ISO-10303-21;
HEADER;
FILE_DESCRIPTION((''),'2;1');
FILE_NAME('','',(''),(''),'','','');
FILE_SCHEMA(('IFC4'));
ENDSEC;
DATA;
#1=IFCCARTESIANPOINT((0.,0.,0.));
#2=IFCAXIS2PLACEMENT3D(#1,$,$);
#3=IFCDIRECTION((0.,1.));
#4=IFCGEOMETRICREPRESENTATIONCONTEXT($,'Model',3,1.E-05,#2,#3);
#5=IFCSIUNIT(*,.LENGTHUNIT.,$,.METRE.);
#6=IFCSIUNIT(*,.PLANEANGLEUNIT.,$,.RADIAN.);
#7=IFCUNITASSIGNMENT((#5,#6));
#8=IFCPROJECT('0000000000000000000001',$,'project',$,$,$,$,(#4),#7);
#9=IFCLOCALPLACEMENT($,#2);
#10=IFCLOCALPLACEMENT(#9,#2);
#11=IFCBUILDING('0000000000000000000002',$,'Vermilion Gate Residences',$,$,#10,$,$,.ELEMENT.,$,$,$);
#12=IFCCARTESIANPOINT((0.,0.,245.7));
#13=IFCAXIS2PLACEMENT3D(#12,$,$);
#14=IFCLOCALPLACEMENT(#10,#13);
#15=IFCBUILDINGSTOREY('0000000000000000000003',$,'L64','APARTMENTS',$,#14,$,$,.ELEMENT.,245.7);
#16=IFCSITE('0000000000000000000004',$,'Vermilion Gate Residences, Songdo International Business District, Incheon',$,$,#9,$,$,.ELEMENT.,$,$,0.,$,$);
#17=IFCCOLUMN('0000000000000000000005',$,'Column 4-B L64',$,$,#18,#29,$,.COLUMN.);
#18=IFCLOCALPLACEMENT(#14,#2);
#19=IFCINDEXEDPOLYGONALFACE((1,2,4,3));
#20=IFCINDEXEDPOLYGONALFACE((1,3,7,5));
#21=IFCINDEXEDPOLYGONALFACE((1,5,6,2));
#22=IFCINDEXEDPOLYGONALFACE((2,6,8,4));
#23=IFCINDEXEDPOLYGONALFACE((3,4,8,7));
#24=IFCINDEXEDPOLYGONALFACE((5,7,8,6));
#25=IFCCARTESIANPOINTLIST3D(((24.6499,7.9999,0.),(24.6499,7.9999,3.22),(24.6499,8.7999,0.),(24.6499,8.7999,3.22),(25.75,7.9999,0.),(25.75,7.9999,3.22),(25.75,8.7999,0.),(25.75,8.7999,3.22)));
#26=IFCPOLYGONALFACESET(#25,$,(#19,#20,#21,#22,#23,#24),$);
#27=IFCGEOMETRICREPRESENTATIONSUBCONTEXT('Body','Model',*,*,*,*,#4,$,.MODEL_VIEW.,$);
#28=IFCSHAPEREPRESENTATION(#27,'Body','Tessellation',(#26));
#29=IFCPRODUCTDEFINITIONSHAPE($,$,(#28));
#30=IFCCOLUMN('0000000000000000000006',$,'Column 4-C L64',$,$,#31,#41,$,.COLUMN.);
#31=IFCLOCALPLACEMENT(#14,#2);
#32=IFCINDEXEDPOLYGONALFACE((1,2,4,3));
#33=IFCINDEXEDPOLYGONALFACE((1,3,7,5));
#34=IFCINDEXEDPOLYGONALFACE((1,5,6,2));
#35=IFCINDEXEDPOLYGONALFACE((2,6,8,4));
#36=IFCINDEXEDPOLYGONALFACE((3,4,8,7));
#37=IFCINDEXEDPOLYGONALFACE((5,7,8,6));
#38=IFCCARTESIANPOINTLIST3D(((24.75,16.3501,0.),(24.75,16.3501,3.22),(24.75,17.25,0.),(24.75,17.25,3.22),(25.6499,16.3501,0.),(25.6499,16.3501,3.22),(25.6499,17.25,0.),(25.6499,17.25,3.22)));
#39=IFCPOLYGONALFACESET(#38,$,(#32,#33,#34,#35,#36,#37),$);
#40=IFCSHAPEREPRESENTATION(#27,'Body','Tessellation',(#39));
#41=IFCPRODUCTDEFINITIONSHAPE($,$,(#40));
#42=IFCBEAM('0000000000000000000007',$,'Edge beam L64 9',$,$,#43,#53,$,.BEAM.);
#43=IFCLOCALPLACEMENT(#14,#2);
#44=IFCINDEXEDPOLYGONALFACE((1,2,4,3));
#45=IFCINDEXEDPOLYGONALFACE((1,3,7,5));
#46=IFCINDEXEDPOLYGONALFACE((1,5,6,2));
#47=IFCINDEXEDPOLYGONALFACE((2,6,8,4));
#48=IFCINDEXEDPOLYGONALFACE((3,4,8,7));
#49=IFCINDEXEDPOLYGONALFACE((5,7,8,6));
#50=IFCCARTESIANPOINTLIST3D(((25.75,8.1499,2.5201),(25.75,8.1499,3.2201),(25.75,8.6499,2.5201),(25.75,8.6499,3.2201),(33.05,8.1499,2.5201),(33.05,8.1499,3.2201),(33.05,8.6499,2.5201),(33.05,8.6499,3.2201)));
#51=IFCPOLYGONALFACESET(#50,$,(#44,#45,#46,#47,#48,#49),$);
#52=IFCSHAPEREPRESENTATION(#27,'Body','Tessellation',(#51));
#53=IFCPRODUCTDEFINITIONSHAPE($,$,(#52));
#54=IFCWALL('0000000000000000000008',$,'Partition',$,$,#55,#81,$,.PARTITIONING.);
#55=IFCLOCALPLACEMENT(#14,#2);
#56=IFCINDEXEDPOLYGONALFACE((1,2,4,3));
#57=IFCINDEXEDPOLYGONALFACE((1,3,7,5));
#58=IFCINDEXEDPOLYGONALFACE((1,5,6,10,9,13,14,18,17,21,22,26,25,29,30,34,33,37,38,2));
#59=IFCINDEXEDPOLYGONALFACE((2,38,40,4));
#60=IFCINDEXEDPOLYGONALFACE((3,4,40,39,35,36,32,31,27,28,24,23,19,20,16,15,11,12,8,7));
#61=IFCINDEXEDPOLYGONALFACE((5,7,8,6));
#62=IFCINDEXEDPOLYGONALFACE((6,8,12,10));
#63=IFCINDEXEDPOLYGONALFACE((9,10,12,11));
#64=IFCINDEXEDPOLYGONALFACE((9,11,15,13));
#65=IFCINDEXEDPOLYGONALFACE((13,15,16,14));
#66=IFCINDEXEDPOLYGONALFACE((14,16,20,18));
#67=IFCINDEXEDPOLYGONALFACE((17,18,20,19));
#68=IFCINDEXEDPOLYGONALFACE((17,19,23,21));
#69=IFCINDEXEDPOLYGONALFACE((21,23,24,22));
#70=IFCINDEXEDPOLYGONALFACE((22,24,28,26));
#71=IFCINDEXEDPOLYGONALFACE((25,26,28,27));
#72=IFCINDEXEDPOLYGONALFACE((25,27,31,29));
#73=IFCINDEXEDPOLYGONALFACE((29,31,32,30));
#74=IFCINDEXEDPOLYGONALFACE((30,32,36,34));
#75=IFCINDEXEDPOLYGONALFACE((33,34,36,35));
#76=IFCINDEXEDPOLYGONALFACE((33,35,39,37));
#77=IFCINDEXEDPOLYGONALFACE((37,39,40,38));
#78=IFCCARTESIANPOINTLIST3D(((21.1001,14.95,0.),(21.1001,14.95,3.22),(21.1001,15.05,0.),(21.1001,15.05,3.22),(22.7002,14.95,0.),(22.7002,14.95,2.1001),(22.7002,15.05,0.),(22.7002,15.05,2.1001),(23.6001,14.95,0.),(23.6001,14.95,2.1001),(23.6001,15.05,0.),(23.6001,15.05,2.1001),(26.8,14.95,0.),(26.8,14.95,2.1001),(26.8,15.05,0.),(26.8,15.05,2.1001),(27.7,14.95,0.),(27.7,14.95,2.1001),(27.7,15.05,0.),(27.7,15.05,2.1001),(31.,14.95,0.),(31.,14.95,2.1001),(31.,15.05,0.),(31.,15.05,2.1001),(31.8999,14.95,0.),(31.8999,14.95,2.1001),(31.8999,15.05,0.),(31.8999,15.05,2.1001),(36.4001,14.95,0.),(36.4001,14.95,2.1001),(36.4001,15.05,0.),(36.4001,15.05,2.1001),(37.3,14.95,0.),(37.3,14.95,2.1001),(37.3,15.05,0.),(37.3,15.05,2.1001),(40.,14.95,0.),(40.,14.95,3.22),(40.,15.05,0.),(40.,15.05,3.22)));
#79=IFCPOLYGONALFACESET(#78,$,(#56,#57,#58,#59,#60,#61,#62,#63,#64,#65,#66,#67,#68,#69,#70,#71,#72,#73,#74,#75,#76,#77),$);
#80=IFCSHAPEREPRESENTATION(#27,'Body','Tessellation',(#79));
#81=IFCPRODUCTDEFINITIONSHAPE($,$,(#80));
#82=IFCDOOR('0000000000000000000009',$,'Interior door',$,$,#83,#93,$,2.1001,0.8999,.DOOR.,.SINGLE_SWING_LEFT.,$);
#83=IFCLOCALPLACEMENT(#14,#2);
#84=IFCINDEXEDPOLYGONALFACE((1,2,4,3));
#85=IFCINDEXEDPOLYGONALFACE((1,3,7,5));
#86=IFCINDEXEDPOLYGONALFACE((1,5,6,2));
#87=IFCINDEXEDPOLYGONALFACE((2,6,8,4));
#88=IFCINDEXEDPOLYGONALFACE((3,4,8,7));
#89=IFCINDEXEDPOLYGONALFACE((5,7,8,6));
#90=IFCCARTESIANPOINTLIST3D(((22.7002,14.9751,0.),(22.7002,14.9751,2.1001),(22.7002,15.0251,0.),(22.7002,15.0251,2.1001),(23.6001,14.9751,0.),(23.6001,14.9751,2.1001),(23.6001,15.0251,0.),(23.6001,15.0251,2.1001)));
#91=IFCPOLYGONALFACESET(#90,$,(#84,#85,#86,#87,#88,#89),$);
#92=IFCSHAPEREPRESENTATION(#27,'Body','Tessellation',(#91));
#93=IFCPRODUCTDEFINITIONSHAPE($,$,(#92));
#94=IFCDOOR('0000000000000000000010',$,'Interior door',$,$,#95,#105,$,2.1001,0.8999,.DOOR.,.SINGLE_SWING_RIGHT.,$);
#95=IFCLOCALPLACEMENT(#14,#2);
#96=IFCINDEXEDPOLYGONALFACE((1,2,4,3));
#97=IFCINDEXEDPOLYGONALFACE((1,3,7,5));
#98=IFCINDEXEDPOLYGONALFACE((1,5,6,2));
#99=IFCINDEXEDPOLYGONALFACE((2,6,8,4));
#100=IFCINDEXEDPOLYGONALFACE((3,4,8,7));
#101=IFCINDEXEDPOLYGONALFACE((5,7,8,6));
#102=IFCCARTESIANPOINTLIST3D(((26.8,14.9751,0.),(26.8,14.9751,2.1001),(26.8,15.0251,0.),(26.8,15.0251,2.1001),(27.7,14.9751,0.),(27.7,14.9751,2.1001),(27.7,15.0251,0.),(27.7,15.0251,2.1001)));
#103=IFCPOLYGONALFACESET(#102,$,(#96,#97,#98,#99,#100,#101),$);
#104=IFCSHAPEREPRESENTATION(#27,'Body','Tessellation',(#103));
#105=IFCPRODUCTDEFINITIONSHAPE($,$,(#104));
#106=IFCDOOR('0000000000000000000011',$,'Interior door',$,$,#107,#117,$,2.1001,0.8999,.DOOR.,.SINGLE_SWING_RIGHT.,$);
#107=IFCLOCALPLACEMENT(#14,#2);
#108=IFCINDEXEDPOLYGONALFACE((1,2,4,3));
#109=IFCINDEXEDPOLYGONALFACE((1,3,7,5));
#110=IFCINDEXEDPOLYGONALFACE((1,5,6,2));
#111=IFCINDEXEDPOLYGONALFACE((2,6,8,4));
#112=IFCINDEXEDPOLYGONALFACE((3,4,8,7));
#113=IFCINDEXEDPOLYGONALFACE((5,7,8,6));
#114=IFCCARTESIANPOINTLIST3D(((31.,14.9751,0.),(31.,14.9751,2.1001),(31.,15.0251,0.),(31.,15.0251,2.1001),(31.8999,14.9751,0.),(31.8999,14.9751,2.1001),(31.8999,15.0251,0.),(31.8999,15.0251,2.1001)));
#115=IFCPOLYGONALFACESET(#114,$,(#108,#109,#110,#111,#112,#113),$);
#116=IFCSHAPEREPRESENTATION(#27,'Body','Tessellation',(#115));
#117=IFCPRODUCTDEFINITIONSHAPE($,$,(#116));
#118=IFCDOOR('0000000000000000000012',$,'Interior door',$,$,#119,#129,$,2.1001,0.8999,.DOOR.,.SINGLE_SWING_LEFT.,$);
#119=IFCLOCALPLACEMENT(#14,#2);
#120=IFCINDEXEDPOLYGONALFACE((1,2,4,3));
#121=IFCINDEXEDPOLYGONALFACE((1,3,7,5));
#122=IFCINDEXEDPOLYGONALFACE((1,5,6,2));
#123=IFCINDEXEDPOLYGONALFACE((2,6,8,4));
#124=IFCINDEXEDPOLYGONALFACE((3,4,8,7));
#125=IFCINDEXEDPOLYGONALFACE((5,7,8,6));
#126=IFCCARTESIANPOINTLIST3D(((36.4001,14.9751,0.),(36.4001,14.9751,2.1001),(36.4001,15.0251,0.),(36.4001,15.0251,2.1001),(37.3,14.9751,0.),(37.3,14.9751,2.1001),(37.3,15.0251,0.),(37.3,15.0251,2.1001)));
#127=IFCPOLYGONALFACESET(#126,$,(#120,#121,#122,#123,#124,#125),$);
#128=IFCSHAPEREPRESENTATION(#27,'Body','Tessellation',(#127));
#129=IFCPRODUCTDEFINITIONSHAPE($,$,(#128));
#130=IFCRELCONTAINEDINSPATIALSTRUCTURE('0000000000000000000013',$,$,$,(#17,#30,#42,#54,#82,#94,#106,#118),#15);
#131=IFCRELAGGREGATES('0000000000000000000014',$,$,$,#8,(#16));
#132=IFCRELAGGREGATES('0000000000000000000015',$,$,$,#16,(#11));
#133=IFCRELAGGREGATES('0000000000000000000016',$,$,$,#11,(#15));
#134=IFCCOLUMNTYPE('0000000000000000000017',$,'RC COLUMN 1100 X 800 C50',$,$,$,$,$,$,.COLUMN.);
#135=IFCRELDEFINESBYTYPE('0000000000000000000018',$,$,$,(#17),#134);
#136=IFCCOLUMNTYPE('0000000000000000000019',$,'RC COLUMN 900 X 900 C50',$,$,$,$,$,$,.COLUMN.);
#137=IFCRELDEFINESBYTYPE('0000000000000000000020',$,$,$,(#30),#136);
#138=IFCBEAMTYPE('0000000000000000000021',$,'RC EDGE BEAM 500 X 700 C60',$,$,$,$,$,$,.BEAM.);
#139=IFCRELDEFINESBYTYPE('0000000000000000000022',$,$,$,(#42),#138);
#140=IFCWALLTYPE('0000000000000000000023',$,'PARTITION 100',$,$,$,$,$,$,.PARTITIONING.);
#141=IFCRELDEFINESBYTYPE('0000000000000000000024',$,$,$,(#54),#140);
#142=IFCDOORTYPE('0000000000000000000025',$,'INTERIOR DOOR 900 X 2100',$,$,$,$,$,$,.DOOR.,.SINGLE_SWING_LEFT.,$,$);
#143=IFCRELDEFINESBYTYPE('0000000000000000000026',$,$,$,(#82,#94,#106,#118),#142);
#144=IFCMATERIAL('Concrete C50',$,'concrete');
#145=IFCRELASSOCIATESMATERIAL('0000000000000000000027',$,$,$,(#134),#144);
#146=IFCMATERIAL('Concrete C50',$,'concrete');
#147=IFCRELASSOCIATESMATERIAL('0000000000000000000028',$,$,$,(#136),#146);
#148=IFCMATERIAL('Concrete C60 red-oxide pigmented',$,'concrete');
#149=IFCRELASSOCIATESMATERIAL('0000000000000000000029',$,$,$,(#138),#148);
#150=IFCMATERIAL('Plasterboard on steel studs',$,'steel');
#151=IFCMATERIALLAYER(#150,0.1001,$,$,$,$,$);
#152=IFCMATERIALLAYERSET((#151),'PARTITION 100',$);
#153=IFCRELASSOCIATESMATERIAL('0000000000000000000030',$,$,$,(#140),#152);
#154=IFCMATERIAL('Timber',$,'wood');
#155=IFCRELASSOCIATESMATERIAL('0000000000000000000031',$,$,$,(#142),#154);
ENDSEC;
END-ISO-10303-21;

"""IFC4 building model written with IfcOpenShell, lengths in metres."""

from ifc_helpers import new_model, si_unit, direction, frame, frame_2d, origin, origin_2d, place, context, subcontext, project, spatial, rectangle, extrude, material, layer, layer_set, material_profile, profile_set, type_object, element, fill, save


model = new_model("IFC4")

# Units and contexts
model_context = context("Model", 3, precision=1e-05, world=origin(), true_north=direction((0.0, 1.0)))
body_context = subcontext(model_context, "Body", "Model", "MODEL_VIEW")
ifc_project = project(units=[si_unit("LENGTHUNIT", "METRE"), si_unit("PLANEANGLEUNIT", "RADIAN")], contexts=[model_context])

# Site, building, storey
site_placement = place(None, origin())
site = spatial("IfcSite", under=ifc_project, at=site_placement, Name="Vermilion Gate Residences, Songdo International Business District, Incheon", CompositionType="ELEMENT", RefElevation=0.0)
building_placement = place(site_placement, origin())
building = spatial("IfcBuilding", under=site, at=building_placement, Name="Vermilion Gate Residences", CompositionType="ELEMENT")
storey_placement = place(building_placement, frame((0.0, 0.0, 245.7)))
storey = spatial("IfcBuildingStorey", under=building, at=storey_placement, Name="L64", Description="APARTMENTS", CompositionType="ELEMENT", Elevation=245.7)

# Columns
ifc_material_1 = material(Name="Concrete C50", Category="concrete")
ifc_material_profile_1 = material_profile(ifc_material_1, rectangle(XDim=1.1001, YDim=0.8, at=origin_2d()), Name="RC-1100x800")
ifc_profile_set_1 = profile_set([ifc_material_profile_1], Name="Concrete C50")
column_type_1 = type_object("IfcColumnType", Name="RC COLUMN 1100 X 800 C50", PredefinedType="COLUMN", material=ifc_profile_set_1)
column_1_placement = place(storey_placement, frame((25.2, 8.3999, 0.0), z_axis=(0.0, 0.0, 1.0), x_axis=(1.0, 0.0, 0.0)))
element("IfcColumn", 1, at=column_1_placement, inside=storey, type_object=column_type_1, Name="Column 4-B L64", PredefinedType="COLUMN", context=body_context, shape_type="SweptSolid", body=[
    extrude(rectangle(XDim=1.1001, YDim=0.8, at=origin_2d()), origin(), (0.0, 0.0, 1.0), 3.22),
])
ifc_material_2 = material(Name="Concrete C50", Category="concrete")
ifc_material_profile_2 = material_profile(ifc_material_2, rectangle(XDim=0.8999, YDim=0.8999, at=origin_2d()), Name="RC-900x900")
ifc_profile_set_2 = profile_set([ifc_material_profile_2], Name="Concrete C50")
column_type_2 = type_object("IfcColumnType", Name="RC COLUMN 900 X 900 C50", PredefinedType="COLUMN", material=ifc_profile_set_2)
column_2_placement = place(storey_placement, frame((25.2, 16.8, 0.0), z_axis=(0.0, 0.0, 1.0), x_axis=(1.0, 0.0, 0.0)))
element("IfcColumn", 2, at=column_2_placement, inside=storey, type_object=column_type_2, Name="Column 4-C L64", PredefinedType="COLUMN", context=body_context, shape_type="SweptSolid", body=[
    extrude(rectangle(XDim=0.8999, YDim=0.8999, at=origin_2d()), origin(), (0.0, 0.0, 1.0), 3.22),
])

# Beam
ifc_material_3 = material(Name="Concrete C60 red-oxide pigmented", Category="concrete")
ifc_material_profile_3 = material_profile(ifc_material_3, rectangle(XDim=0.5, YDim=0.7, at=origin_2d()), Name="RC-500x700")
ifc_profile_set_3 = profile_set([ifc_material_profile_3], Name="Concrete C60 red-oxide pigmented")
beam_type = type_object("IfcBeamType", Name="RC EDGE BEAM 500 X 700 C60", PredefinedType="BEAM", material=ifc_profile_set_3)
beam_placement = place(storey_placement, frame((25.75, 8.3999, 2.8701), z_axis=(1.0, 0.0, 0.0), x_axis=(0.0, 1.0, 0.0)))
element("IfcBeam", 3, at=beam_placement, inside=storey, type_object=beam_type, Name="Edge beam L64 9", PredefinedType="BEAM", context=body_context, shape_type="SweptSolid", body=[
    extrude(rectangle(XDim=0.5, YDim=0.7, at=origin_2d()), origin(), (0.0, 0.0, 1.0), 7.3),
])

# Wall, openings, doors
ifc_material_4 = material(Name="Plasterboard on steel studs", Category="steel")
ifc_layer_1 = layer(ifc_material_4, 0.1001)
ifc_layer_set_1 = layer_set([ifc_layer_1], Name="PARTITION 100")
wall_type_1 = type_object("IfcWallType", Name="PARTITION 100", PredefinedType="PARTITIONING", material=ifc_layer_set_1)
wall_1_placement = place(storey_placement, frame((21.1001, 15.0, 0.0), z_axis=(0.0, 0.0, 1.0), x_axis=(1.0, 0.0, 0.0)))
wall_1 = element("IfcWall", 4, at=wall_1_placement, inside=storey, type_object=wall_type_1, Name="Partition", PredefinedType="PARTITIONING", context=body_context, shape_type="SweptSolid", body=[
    extrude(rectangle(XDim=18.8999, YDim=0.1001, at=frame_2d((9.45, 0.0))), origin(), (0.0, 0.0, 1.0), 3.22),
])
opening_1_placement = place(wall_1_placement, frame((1.6001, 0.0, 0.0)))
opening_1 = element("IfcOpeningElement", 5, at=opening_1_placement, cuts=wall_1, PredefinedType="OPENING", context=body_context, shape_type="SweptSolid", body=[
    extrude(rectangle(XDim=0.8999, YDim=2.1001, at=frame_2d((0.45, 1.05))), frame((0.0, 0.0601, 0.0), z_axis=(0.0, -1.0, 0.0), x_axis=(1.0, 0.0, 0.0)), (0.0, 0.0, 1.0), 0.1201),
])
opening_2_placement = place(wall_1_placement, frame((5.7, 0.0, 0.0)))
opening_2 = element("IfcOpeningElement", 6, at=opening_2_placement, cuts=wall_1, PredefinedType="OPENING", context=body_context, shape_type="SweptSolid", body=[
    extrude(rectangle(XDim=0.8999, YDim=2.1001, at=frame_2d((0.45, 1.05))), frame((0.0, 0.0601, 0.0), z_axis=(0.0, -1.0, 0.0), x_axis=(1.0, 0.0, 0.0)), (0.0, 0.0, 1.0), 0.1201),
])
opening_3_placement = place(wall_1_placement, frame((9.8999, 0.0, 0.0)))
opening_3 = element("IfcOpeningElement", 7, at=opening_3_placement, cuts=wall_1, PredefinedType="OPENING", context=body_context, shape_type="SweptSolid", body=[
    extrude(rectangle(XDim=0.8999, YDim=2.1001, at=frame_2d((0.45, 1.05))), frame((0.0, 0.0601, 0.0), z_axis=(0.0, -1.0, 0.0), x_axis=(1.0, 0.0, 0.0)), (0.0, 0.0, 1.0), 0.1201),
])
opening_4_placement = place(wall_1_placement, frame((15.3, 0.0, 0.0)))
opening_4 = element("IfcOpeningElement", 8, at=opening_4_placement, cuts=wall_1, PredefinedType="OPENING", context=body_context, shape_type="SweptSolid", body=[
    extrude(rectangle(XDim=0.8999, YDim=2.1001, at=frame_2d((0.45, 1.05))), frame((0.0, 0.0601, 0.0), z_axis=(0.0, -1.0, 0.0), x_axis=(1.0, 0.0, 0.0)), (0.0, 0.0, 1.0), 0.1201),
])
ifc_material_5 = material(Name="Timber", Category="wood")
door_type = type_object("IfcDoorType", Name="INTERIOR DOOR 900 X 2100", OperationType="SINGLE_SWING_LEFT", PredefinedType="DOOR", material=ifc_material_5)
door_1_placement = place(opening_1_placement, frame((0.8999, 0.0, 0.0), z_axis=(0.0, 0.0, 1.0), x_axis=(-1.0, 0.0, 0.0)))
door_1 = element("IfcDoor", 9, at=door_1_placement, inside=storey, type_object=door_type, Name="Interior door", OperationType="SINGLE_SWING_LEFT", OverallHeight=2.1001, OverallWidth=0.8999, PredefinedType="DOOR", context=body_context, shape_type="SweptSolid", body=[
    extrude(rectangle(XDim=0.8999, YDim=2.1001, at=frame_2d((0.45, 1.05))), frame((0.0, 0.0249, 0.0), z_axis=(0.0, -1.0, 0.0), x_axis=(1.0, 0.0, 0.0)), (0.0, 0.0, 1.0), 0.05),
])
fill(opening_1, door_1)
door_2_placement = place(opening_2_placement, frame((0.8999, 0.0, 0.0), z_axis=(0.0, 0.0, 1.0), x_axis=(-1.0, 0.0, 0.0)))
door_2 = element("IfcDoor", 10, at=door_2_placement, inside=storey, type_object=door_type, Name="Interior door", OperationType="SINGLE_SWING_RIGHT", OverallHeight=2.1001, OverallWidth=0.8999, PredefinedType="DOOR", context=body_context, shape_type="SweptSolid", body=[
    extrude(rectangle(XDim=0.8999, YDim=2.1001, at=frame_2d((0.45, 1.05))), frame((0.0, 0.0249, 0.0), z_axis=(0.0, -1.0, 0.0), x_axis=(1.0, 0.0, 0.0)), (0.0, 0.0, 1.0), 0.05),
])
fill(opening_2, door_2)
door_3_placement = place(opening_3_placement, frame((0.8999, 0.0, 0.0), z_axis=(0.0, 0.0, 1.0), x_axis=(-1.0, 0.0, 0.0)))
door_3 = element("IfcDoor", 11, at=door_3_placement, inside=storey, type_object=door_type, Name="Interior door", OperationType="SINGLE_SWING_RIGHT", OverallHeight=2.1001, OverallWidth=0.8999, PredefinedType="DOOR", context=body_context, shape_type="SweptSolid", body=[
    extrude(rectangle(XDim=0.8999, YDim=2.1001, at=frame_2d((0.45, 1.05))), frame((0.0, 0.0249, 0.0), z_axis=(0.0, -1.0, 0.0), x_axis=(1.0, 0.0, 0.0)), (0.0, 0.0, 1.0), 0.05),
])
fill(opening_3, door_3)
door_4_placement = place(opening_4_placement, frame((0.8999, 0.0, 0.0), z_axis=(0.0, 0.0, 1.0), x_axis=(-1.0, 0.0, 0.0)))
door_4 = element("IfcDoor", 12, at=door_4_placement, inside=storey, type_object=door_type, Name="Interior door", OperationType="SINGLE_SWING_LEFT", OverallHeight=2.1001, OverallWidth=0.8999, PredefinedType="DOOR", context=body_context, shape_type="SweptSolid", body=[
    extrude(rectangle(XDim=0.8999, YDim=2.1001, at=frame_2d((0.45, 1.05))), frame((0.0, 0.0249, 0.0), z_axis=(0.0, -1.0, 0.0), x_axis=(1.0, 0.0, 0.0)), (0.0, 0.0, 1.0), 0.05),
])
fill(opening_4, door_4)

save(model, "model.ifc")
